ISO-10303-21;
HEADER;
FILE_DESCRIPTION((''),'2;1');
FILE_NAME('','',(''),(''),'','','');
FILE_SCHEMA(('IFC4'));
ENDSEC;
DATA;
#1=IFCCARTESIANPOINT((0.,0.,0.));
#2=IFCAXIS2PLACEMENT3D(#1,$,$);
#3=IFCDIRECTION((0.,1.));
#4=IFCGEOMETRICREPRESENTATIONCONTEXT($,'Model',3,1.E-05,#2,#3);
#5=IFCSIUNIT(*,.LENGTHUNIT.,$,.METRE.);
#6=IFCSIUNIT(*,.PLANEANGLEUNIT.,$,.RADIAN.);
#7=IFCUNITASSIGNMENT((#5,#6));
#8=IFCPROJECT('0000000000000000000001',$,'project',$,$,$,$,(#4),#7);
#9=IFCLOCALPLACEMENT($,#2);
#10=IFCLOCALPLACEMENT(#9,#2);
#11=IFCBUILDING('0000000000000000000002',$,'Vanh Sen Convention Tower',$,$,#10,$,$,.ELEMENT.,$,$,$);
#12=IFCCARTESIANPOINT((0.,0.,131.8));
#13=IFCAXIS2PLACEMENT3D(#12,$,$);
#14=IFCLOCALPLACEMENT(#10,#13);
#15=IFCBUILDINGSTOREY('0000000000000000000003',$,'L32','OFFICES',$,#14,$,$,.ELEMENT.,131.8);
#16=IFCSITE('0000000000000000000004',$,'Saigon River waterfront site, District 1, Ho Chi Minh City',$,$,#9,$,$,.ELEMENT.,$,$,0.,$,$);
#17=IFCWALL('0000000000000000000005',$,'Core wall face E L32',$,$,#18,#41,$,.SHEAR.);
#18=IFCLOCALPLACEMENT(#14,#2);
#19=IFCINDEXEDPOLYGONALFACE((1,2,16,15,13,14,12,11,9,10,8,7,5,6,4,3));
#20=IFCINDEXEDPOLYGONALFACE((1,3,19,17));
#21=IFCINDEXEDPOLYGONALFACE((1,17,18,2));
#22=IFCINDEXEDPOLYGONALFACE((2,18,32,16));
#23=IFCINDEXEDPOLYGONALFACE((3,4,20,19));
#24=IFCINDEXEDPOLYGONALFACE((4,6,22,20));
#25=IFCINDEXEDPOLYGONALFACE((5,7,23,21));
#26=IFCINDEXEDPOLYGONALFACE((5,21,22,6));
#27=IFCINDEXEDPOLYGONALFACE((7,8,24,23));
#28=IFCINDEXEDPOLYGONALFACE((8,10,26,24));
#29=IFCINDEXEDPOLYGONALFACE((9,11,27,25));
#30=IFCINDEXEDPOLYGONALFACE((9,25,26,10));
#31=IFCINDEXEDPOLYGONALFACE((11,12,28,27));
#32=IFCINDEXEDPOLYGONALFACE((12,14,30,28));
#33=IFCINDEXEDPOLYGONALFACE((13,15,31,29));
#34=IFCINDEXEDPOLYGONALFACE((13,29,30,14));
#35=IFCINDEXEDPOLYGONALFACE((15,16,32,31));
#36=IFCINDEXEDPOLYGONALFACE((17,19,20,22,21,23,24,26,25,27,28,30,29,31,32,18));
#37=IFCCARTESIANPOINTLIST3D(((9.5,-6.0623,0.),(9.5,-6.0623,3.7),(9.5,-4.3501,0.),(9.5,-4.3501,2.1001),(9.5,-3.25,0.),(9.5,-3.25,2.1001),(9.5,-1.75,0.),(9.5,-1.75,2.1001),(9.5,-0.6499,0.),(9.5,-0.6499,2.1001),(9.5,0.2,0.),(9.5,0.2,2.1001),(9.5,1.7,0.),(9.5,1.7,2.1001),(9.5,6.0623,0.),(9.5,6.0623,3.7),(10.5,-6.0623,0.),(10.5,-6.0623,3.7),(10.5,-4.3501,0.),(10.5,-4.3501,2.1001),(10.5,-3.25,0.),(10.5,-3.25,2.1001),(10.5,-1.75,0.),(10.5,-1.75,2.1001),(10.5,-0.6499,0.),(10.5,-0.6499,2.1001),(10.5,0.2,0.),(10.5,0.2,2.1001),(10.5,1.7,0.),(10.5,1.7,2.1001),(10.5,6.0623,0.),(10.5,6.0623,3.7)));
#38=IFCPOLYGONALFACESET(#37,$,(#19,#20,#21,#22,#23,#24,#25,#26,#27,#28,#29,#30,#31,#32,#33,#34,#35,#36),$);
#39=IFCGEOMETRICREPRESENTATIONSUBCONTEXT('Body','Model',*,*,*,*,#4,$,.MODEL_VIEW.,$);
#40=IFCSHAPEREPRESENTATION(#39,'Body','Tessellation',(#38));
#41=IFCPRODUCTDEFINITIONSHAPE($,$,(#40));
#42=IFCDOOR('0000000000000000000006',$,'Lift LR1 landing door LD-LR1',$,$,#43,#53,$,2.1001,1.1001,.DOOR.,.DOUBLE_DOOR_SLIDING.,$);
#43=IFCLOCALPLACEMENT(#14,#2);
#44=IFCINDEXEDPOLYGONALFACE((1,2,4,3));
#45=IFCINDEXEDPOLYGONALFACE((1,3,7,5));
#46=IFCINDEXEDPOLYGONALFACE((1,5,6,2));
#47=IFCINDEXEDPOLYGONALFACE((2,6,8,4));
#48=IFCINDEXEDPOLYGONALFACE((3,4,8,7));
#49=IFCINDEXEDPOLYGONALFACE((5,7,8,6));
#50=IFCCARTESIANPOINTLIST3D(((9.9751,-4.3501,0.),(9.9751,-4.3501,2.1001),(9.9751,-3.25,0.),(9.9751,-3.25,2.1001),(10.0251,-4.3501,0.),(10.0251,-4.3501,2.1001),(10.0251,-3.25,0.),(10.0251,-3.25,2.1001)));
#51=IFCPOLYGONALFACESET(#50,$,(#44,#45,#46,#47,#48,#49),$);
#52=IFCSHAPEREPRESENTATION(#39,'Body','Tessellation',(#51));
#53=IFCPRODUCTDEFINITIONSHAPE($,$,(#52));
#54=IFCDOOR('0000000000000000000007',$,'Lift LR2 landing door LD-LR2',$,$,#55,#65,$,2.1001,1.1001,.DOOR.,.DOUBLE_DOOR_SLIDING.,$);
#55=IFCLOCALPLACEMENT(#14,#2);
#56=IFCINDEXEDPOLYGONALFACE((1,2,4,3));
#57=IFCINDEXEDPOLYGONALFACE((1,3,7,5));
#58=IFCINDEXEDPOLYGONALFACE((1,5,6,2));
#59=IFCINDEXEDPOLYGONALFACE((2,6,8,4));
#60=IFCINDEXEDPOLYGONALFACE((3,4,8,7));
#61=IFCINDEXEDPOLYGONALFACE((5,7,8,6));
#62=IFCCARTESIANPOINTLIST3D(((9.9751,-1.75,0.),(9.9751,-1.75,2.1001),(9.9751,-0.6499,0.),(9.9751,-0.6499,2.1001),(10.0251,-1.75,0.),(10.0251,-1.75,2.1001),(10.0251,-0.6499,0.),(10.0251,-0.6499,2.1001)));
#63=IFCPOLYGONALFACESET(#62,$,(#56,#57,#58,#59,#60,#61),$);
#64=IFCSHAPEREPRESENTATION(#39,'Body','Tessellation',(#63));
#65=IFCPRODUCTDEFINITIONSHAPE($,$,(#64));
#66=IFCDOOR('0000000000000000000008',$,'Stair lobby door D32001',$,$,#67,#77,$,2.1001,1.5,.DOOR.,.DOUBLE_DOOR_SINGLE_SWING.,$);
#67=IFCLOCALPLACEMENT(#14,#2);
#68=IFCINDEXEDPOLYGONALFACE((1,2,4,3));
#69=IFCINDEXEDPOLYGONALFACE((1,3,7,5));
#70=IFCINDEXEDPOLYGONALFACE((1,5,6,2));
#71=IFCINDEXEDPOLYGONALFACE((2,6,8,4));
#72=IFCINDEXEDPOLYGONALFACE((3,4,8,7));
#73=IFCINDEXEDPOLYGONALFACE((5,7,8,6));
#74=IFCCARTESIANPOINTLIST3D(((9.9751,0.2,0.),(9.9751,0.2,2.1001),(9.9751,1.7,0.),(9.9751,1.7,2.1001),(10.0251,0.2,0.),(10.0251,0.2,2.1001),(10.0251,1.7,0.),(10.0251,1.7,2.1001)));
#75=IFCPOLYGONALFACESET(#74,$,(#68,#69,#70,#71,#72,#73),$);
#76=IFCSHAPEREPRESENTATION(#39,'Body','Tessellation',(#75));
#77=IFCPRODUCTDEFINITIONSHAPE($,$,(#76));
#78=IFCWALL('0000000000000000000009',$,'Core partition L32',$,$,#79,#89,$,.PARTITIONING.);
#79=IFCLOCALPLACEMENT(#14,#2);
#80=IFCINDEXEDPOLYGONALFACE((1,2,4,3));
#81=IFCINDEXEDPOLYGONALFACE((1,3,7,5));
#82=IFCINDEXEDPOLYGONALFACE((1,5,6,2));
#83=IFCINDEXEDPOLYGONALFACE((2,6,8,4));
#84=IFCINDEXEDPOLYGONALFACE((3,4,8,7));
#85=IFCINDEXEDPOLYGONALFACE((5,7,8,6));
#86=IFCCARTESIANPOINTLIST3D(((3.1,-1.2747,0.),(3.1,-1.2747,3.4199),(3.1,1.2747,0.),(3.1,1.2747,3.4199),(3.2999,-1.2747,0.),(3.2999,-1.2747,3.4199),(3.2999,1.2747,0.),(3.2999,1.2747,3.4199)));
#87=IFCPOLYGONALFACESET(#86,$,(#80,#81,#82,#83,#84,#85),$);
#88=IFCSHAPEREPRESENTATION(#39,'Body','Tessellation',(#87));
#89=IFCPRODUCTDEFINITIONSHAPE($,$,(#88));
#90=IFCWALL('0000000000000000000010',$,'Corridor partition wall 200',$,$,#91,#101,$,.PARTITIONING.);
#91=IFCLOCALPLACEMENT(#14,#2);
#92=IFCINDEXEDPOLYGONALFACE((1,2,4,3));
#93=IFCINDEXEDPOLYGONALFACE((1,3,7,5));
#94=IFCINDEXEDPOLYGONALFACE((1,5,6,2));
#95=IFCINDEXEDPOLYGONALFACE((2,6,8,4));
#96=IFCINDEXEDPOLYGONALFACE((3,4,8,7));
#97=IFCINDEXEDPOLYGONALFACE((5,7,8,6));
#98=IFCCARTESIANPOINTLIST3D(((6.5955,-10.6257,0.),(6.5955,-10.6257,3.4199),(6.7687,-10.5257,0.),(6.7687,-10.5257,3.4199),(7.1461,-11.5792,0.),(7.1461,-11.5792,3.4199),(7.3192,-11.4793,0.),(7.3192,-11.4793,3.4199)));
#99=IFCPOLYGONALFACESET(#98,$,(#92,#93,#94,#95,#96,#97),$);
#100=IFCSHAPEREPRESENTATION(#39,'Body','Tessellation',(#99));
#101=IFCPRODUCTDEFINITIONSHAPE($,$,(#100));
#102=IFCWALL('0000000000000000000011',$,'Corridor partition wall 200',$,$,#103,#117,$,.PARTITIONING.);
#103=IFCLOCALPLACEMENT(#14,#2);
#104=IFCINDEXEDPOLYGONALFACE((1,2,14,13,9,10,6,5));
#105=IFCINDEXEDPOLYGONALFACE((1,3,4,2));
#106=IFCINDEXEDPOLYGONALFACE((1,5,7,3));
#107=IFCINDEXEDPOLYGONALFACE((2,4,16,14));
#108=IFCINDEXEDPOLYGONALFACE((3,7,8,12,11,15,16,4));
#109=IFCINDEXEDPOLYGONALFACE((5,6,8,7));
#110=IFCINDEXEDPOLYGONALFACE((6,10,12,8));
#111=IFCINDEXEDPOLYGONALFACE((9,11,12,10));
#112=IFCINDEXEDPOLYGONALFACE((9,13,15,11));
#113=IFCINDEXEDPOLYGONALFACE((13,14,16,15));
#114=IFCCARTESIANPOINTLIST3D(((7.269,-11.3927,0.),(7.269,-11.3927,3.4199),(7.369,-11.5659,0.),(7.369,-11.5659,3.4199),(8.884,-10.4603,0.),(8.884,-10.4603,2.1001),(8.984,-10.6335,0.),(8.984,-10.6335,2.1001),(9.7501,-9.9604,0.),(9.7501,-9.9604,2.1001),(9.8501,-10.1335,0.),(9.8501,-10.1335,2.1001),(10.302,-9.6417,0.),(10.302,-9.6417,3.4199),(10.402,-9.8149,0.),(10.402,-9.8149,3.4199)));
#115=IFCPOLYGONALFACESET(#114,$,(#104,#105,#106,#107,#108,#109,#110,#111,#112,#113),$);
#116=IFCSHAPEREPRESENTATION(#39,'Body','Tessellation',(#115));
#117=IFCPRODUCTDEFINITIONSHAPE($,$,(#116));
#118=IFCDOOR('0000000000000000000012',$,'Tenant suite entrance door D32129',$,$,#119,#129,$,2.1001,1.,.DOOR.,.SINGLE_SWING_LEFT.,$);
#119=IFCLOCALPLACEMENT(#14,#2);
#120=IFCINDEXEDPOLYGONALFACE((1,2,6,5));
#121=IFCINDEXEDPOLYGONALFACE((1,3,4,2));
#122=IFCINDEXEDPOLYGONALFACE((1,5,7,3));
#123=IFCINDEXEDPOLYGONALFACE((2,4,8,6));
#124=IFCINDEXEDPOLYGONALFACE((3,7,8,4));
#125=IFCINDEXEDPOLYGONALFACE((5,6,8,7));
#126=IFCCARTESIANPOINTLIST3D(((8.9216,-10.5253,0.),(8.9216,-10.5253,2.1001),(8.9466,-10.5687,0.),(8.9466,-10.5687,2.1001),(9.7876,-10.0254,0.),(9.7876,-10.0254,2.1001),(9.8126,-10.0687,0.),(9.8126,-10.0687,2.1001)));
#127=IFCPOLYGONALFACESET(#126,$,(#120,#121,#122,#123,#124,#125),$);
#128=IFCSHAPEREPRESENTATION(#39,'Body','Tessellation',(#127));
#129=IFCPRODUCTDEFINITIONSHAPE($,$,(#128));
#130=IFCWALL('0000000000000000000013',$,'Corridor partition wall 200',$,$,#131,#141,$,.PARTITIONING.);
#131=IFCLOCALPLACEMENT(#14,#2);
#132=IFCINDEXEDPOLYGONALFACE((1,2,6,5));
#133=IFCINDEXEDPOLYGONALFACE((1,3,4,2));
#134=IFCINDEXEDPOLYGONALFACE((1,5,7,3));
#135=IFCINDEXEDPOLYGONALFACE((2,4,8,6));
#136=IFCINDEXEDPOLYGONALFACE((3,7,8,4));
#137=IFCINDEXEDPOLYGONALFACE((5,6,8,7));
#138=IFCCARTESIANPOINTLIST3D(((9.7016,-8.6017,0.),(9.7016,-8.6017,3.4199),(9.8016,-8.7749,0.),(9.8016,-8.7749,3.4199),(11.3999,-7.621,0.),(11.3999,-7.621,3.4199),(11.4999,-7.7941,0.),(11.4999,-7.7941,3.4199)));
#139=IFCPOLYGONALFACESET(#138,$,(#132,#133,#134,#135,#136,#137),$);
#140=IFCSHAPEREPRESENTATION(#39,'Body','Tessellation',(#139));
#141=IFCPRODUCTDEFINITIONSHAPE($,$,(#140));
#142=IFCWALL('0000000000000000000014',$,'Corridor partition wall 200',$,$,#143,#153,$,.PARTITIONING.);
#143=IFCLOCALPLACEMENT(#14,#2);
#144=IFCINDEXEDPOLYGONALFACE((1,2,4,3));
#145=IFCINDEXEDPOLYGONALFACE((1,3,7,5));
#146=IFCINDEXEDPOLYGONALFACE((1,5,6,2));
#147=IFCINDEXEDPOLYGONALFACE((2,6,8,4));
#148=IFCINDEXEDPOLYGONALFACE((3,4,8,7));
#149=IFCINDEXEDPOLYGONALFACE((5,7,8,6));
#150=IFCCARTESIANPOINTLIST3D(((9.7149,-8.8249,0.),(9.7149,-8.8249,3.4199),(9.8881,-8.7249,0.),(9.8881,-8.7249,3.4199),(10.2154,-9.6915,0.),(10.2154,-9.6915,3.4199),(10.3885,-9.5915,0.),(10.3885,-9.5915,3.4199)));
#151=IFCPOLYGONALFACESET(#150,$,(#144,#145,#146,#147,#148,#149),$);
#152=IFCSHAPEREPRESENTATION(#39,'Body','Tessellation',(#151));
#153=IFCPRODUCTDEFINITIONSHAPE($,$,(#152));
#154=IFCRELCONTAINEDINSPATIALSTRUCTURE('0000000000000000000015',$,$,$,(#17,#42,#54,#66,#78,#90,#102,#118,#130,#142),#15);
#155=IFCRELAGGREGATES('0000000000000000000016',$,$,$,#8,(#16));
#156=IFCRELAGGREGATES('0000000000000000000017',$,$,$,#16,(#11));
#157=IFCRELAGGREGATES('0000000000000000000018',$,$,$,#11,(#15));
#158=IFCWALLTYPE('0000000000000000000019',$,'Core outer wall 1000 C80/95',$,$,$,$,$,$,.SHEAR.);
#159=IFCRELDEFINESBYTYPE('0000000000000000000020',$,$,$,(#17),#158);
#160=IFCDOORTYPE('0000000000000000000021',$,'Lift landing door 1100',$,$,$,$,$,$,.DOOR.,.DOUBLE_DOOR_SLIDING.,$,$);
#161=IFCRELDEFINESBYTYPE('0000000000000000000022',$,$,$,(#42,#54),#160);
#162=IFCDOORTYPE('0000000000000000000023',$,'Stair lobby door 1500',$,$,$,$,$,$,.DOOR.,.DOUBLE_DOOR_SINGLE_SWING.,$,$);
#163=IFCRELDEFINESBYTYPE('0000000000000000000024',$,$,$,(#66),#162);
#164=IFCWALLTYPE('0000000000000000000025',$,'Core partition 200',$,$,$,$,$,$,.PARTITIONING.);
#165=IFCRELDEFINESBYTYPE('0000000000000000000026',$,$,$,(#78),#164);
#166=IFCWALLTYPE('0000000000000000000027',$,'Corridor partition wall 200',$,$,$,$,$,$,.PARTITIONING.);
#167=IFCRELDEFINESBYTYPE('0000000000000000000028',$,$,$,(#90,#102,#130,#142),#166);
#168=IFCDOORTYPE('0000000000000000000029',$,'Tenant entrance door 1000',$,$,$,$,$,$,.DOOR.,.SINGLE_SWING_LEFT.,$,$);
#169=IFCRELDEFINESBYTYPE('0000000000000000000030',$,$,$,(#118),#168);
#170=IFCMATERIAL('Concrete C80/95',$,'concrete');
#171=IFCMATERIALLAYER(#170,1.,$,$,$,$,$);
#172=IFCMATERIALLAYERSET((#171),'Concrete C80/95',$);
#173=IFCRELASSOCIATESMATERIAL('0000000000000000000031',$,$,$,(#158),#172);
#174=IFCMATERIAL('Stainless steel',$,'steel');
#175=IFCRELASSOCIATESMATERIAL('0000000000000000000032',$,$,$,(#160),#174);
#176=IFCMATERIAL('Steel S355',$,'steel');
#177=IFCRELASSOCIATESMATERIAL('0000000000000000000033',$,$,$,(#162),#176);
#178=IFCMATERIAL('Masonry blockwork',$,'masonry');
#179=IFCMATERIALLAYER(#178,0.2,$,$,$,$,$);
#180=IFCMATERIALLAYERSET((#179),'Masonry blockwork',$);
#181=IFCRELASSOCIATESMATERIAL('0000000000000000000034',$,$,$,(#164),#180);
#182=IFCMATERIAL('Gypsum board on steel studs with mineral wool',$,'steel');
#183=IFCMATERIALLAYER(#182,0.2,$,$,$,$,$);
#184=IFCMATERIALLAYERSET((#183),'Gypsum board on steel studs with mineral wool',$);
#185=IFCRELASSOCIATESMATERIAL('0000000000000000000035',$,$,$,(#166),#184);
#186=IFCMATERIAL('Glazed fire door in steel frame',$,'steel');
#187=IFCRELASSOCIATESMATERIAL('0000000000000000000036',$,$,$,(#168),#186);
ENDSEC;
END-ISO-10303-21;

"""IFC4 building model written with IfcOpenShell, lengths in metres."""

from ifc_helpers import new_model, si_unit, direction, frame, frame_2d, origin, place, context, subcontext, project, spatial, rectangle, extrude, material, layer, layer_set, type_object, element, fill, save


model = new_model("IFC4")

# Units and contexts
model_context = context("Model", 3, precision=1e-05, world=origin(), true_north=direction((0.0, 1.0)))
body_context = subcontext(model_context, "Body", "Model", "MODEL_VIEW")
ifc_project = project(units=[si_unit("LENGTHUNIT", "METRE"), si_unit("PLANEANGLEUNIT", "RADIAN")], contexts=[model_context])

# Site, building, storey
site_placement = place(None, origin())
site = spatial("IfcSite", under=ifc_project, at=site_placement, Name="Saigon River waterfront site, District 1, Ho Chi Minh City", CompositionType="ELEMENT", RefElevation=0.0)
building_placement = place(site_placement, origin())
building = spatial("IfcBuilding", under=site, at=building_placement, Name="Vanh Sen Convention Tower", CompositionType="ELEMENT")
storey_placement = place(building_placement, frame((0.0, 0.0, 131.8)))
storey = spatial("IfcBuildingStorey", under=building, at=storey_placement, Name="L32", Description="OFFICES", CompositionType="ELEMENT", Elevation=131.8)

# Wall, openings, doors
ifc_material_1 = material(Name="Concrete C80/95", Category="concrete")
ifc_layer_1 = layer(ifc_material_1, 1.0)
ifc_layer_set_1 = layer_set([ifc_layer_1], Name="Concrete C80/95")
wall_type_1 = type_object("IfcWallType", Name="Core outer wall 1000 C80/95", PredefinedType="SHEAR", material=ifc_layer_set_1)
wall_1_placement = place(storey_placement, frame((10.0, -6.0623, 0.0), z_axis=(0.0, 0.0, 1.0), x_axis=(0.0, 1.0, 0.0)))
wall_1 = element("IfcWall", 1, at=wall_1_placement, inside=storey, type_object=wall_type_1, Name="Core wall face E L32", PredefinedType="SHEAR", context=body_context, shape_type="SweptSolid", body=[
    extrude(rectangle(XDim=12.1245, YDim=1.0, at=frame_2d((6.0623, 0.0))), origin(), (0.0, 0.0, 1.0), 3.7),
])
opening_1_placement = place(wall_1_placement, frame((6.2622, 0.0, 0.0)))
opening_1 = element("IfcOpeningElement", 2, at=opening_1_placement, cuts=wall_1, PredefinedType="OPENING", context=body_context, shape_type="SweptSolid", body=[
    extrude(rectangle(XDim=1.5, YDim=2.1001, at=frame_2d((0.75, 1.05))), frame((0.0, 0.51, 0.0), z_axis=(0.0, -1.0, 0.0), x_axis=(1.0, 0.0, 0.0)), (0.0, 0.0, 1.0), 1.02),
])
opening_2_placement = place(wall_1_placement, frame((1.7122, 0.0, 0.0)))
opening_2 = element("IfcOpeningElement", 3, at=opening_2_placement, cuts=wall_1, PredefinedType="OPENING", context=body_context, shape_type="SweptSolid", body=[
    extrude(rectangle(XDim=1.1001, YDim=2.1001, at=frame_2d((0.55, 1.05))), frame((0.0, 0.51, 0.0), z_axis=(0.0, -1.0, 0.0), x_axis=(1.0, 0.0, 0.0)), (0.0, 0.0, 1.0), 1.02),
])
opening_3_placement = place(wall_1_placement, frame((4.3123, 0.0, 0.0)))
opening_3 = element("IfcOpeningElement", 4, at=opening_3_placement, cuts=wall_1, PredefinedType="OPENING", context=body_context, shape_type="SweptSolid", body=[
    extrude(rectangle(XDim=1.1001, YDim=2.1001, at=frame_2d((0.55, 1.05))), frame((0.0, 0.51, 0.0), z_axis=(0.0, -1.0, 0.0), x_axis=(1.0, 0.0, 0.0)), (0.0, 0.0, 1.0), 1.02),
])
ifc_material_2 = material(Name="Stainless steel", Category="steel")
door_type_1 = type_object("IfcDoorType", Name="Lift landing door 1100", OperationType="DOUBLE_DOOR_SLIDING", PredefinedType="DOOR", material=ifc_material_2)
door_1_placement = place(opening_2_placement, origin())
door_1 = element("IfcDoor", 5, at=door_1_placement, inside=storey, type_object=door_type_1, Name="Lift LR1 landing door LD-LR1", OperationType="DOUBLE_DOOR_SLIDING", OverallHeight=2.1001, OverallWidth=1.1001, PredefinedType="DOOR", context=body_context, shape_type="SweptSolid", body=[
    extrude(rectangle(XDim=1.1001, YDim=2.1001, at=frame_2d((0.55, 1.05))), frame((0.0, 0.0249, 0.0), z_axis=(0.0, -1.0, 0.0), x_axis=(1.0, 0.0, 0.0)), (0.0, 0.0, 1.0), 0.05),
])
fill(opening_2, door_1)
door_2_placement = place(opening_3_placement, origin())
door_2 = element("IfcDoor", 6, at=door_2_placement, inside=storey, type_object=door_type_1, Name="Lift LR2 landing door LD-LR2", OperationType="DOUBLE_DOOR_SLIDING", OverallHeight=2.1001, OverallWidth=1.1001, PredefinedType="DOOR", context=body_context, shape_type="SweptSolid", body=[
    extrude(rectangle(XDim=1.1001, YDim=2.1001, at=frame_2d((0.55, 1.05))), frame((0.0, 0.0249, 0.0), z_axis=(0.0, -1.0, 0.0), x_axis=(1.0, 0.0, 0.0)), (0.0, 0.0, 1.0), 0.05),
])
fill(opening_3, door_2)
ifc_material_3 = material(Name="Steel S355", Category="steel")
door_type_2 = type_object("IfcDoorType", Name="Stair lobby door 1500", OperationType="DOUBLE_DOOR_SINGLE_SWING", PredefinedType="DOOR", material=ifc_material_3)
door_3_placement = place(opening_1_placement, origin())
door_3 = element("IfcDoor", 7, at=door_3_placement, inside=storey, type_object=door_type_2, Name="Stair lobby door D32001", OperationType="DOUBLE_DOOR_SINGLE_SWING", OverallHeight=2.1001, OverallWidth=1.5, PredefinedType="DOOR", context=body_context, shape_type="SweptSolid", body=[
    extrude(rectangle(XDim=1.5, YDim=2.1001, at=frame_2d((0.75, 1.05))), frame((0.0, 0.0249, 0.0), z_axis=(0.0, -1.0, 0.0), x_axis=(1.0, 0.0, 0.0)), (0.0, 0.0, 1.0), 0.05),
])
fill(opening_1, door_3)

# Walls
ifc_material_4 = material(Name="Masonry blockwork", Category="masonry")
ifc_layer_2 = layer(ifc_material_4, 0.2)
ifc_layer_set_2 = layer_set([ifc_layer_2], Name="Masonry blockwork")
wall_type_2 = type_object("IfcWallType", Name="Core partition 200", PredefinedType="PARTITIONING", material=ifc_layer_set_2)
wall_2_placement = place(storey_placement, frame((3.2, -1.2747, 0.0), z_axis=(0.0, 0.0, 1.0), x_axis=(0.0, 1.0, 0.0)))
element("IfcWall", 8, at=wall_2_placement, inside=storey, type_object=wall_type_2, Name="Core partition L32", PredefinedType="PARTITIONING", context=body_context, shape_type="SweptSolid", body=[
    extrude(rectangle(XDim=2.5493, YDim=0.2, at=frame_2d((1.2747, 0.0))), origin(), (0.0, 0.0, 1.0), 3.4199),
])
ifc_material_5 = material(Name="Gypsum board on steel studs with mineral wool", Category="steel")
ifc_layer_3 = layer(ifc_material_5, 0.2)
ifc_layer_set_3 = layer_set([ifc_layer_3], Name="Gypsum board on steel studs with mineral wool")
wall_type_3 = type_object("IfcWallType", Name="Corridor partition wall 200", PredefinedType="PARTITIONING", material=ifc_layer_set_3)
wall_3_placement = place(storey_placement, frame((6.6821, -10.5757, 0.0), z_axis=(0.0, 0.0, 1.0), x_axis=(0.499978, -0.866038, 0.0)))
element("IfcWall", 9, at=wall_3_placement, inside=storey, type_object=wall_type_3, Name="Corridor partition wall 200", PredefinedType="PARTITIONING", context=body_context, shape_type="SweptSolid", body=[
    extrude(rectangle(XDim=1.1011, YDim=0.2, at=frame_2d((0.5505, 0.0))), origin(), (0.0, 0.0, 1.0), 3.4199),
])

# Wall, opening, door
wall_4_placement = place(storey_placement, frame((7.3191, -11.4792, 0.0), z_axis=(0.0, 0.0, 1.0), x_axis=(0.866038, 0.499978, 0.0)))
wall_4 = element("IfcWall", 10, at=wall_4_placement, inside=storey, type_object=wall_type_3, Name="Corridor partition wall 200", PredefinedType="PARTITIONING", context=body_context, shape_type="SweptSolid", body=[
    extrude(rectangle(XDim=3.5022, YDim=0.2, at=frame_2d((1.751, 0.0))), origin(), (0.0, 0.0, 1.0), 3.4199),
])
opening_4_placement = place(wall_4_placement, frame((1.8647, 0.0, 0.0)))
opening_4 = element("IfcOpeningElement", 11, at=opening_4_placement, cuts=wall_4, PredefinedType="OPENING", context=body_context, shape_type="SweptSolid", body=[
    extrude(rectangle(XDim=1.0, YDim=2.1001, at=frame_2d((0.5, 1.05))), frame((0.0, 0.1099, 0.0), z_axis=(0.0, -1.0, 0.0), x_axis=(1.0, 0.0, 0.0)), (0.0, 0.0, 1.0), 0.22),
])
ifc_material_6 = material(Name="Glazed fire door in steel frame", Category="steel")
door_type_3 = type_object("IfcDoorType", Name="Tenant entrance door 1000", OperationType="SINGLE_SWING_LEFT", PredefinedType="DOOR", material=ifc_material_6)
door_4_placement = place(opening_4_placement, origin())
door_4 = element("IfcDoor", 12, at=door_4_placement, inside=storey, type_object=door_type_3, Name="Tenant suite entrance door D32129", OperationType="SINGLE_SWING_LEFT", OverallHeight=2.1001, OverallWidth=1.0, PredefinedType="DOOR", context=body_context, shape_type="SweptSolid", body=[
    extrude(rectangle(XDim=1.0, YDim=2.1001, at=frame_2d((0.5, 1.05))), frame((0.0, 0.0249, 0.0), z_axis=(0.0, -1.0, 0.0), x_axis=(1.0, 0.0, 0.0)), (0.0, 0.0, 1.0), 0.05),
])
fill(opening_4, door_4)

# Walls
wall_5_placement = place(storey_placement, frame((9.7517, -8.6882, 0.0), z_axis=(0.0, 0.0, 1.0), x_axis=(0.865974, 0.500089, 0.0)))
element("IfcWall", 13, at=wall_5_placement, inside=storey, type_object=wall_type_3, Name="Corridor partition wall 200", PredefinedType="PARTITIONING", context=body_context, shape_type="SweptSolid", body=[
    extrude(rectangle(XDim=1.9612, YDim=0.2, at=frame_2d((0.9805, 0.0))), origin(), (0.0, 0.0, 1.0), 3.4199),
])
wall_6_placement = place(storey_placement, frame((10.302, -9.6416, 0.0), z_axis=(0.0, 0.0, 1.0), x_axis=(-0.500074, 0.865982, 0.0)))
element("IfcWall", 14, at=wall_6_placement, inside=storey, type_object=wall_type_3, Name="Corridor partition wall 200", PredefinedType="PARTITIONING", context=body_context, shape_type="SweptSolid", body=[
    extrude(rectangle(XDim=1.0007, YDim=0.2, at=frame_2d((0.5005, 0.0))), origin(), (0.0, 0.0, 1.0), 3.4199),
])

save(model, "model.ifc")
